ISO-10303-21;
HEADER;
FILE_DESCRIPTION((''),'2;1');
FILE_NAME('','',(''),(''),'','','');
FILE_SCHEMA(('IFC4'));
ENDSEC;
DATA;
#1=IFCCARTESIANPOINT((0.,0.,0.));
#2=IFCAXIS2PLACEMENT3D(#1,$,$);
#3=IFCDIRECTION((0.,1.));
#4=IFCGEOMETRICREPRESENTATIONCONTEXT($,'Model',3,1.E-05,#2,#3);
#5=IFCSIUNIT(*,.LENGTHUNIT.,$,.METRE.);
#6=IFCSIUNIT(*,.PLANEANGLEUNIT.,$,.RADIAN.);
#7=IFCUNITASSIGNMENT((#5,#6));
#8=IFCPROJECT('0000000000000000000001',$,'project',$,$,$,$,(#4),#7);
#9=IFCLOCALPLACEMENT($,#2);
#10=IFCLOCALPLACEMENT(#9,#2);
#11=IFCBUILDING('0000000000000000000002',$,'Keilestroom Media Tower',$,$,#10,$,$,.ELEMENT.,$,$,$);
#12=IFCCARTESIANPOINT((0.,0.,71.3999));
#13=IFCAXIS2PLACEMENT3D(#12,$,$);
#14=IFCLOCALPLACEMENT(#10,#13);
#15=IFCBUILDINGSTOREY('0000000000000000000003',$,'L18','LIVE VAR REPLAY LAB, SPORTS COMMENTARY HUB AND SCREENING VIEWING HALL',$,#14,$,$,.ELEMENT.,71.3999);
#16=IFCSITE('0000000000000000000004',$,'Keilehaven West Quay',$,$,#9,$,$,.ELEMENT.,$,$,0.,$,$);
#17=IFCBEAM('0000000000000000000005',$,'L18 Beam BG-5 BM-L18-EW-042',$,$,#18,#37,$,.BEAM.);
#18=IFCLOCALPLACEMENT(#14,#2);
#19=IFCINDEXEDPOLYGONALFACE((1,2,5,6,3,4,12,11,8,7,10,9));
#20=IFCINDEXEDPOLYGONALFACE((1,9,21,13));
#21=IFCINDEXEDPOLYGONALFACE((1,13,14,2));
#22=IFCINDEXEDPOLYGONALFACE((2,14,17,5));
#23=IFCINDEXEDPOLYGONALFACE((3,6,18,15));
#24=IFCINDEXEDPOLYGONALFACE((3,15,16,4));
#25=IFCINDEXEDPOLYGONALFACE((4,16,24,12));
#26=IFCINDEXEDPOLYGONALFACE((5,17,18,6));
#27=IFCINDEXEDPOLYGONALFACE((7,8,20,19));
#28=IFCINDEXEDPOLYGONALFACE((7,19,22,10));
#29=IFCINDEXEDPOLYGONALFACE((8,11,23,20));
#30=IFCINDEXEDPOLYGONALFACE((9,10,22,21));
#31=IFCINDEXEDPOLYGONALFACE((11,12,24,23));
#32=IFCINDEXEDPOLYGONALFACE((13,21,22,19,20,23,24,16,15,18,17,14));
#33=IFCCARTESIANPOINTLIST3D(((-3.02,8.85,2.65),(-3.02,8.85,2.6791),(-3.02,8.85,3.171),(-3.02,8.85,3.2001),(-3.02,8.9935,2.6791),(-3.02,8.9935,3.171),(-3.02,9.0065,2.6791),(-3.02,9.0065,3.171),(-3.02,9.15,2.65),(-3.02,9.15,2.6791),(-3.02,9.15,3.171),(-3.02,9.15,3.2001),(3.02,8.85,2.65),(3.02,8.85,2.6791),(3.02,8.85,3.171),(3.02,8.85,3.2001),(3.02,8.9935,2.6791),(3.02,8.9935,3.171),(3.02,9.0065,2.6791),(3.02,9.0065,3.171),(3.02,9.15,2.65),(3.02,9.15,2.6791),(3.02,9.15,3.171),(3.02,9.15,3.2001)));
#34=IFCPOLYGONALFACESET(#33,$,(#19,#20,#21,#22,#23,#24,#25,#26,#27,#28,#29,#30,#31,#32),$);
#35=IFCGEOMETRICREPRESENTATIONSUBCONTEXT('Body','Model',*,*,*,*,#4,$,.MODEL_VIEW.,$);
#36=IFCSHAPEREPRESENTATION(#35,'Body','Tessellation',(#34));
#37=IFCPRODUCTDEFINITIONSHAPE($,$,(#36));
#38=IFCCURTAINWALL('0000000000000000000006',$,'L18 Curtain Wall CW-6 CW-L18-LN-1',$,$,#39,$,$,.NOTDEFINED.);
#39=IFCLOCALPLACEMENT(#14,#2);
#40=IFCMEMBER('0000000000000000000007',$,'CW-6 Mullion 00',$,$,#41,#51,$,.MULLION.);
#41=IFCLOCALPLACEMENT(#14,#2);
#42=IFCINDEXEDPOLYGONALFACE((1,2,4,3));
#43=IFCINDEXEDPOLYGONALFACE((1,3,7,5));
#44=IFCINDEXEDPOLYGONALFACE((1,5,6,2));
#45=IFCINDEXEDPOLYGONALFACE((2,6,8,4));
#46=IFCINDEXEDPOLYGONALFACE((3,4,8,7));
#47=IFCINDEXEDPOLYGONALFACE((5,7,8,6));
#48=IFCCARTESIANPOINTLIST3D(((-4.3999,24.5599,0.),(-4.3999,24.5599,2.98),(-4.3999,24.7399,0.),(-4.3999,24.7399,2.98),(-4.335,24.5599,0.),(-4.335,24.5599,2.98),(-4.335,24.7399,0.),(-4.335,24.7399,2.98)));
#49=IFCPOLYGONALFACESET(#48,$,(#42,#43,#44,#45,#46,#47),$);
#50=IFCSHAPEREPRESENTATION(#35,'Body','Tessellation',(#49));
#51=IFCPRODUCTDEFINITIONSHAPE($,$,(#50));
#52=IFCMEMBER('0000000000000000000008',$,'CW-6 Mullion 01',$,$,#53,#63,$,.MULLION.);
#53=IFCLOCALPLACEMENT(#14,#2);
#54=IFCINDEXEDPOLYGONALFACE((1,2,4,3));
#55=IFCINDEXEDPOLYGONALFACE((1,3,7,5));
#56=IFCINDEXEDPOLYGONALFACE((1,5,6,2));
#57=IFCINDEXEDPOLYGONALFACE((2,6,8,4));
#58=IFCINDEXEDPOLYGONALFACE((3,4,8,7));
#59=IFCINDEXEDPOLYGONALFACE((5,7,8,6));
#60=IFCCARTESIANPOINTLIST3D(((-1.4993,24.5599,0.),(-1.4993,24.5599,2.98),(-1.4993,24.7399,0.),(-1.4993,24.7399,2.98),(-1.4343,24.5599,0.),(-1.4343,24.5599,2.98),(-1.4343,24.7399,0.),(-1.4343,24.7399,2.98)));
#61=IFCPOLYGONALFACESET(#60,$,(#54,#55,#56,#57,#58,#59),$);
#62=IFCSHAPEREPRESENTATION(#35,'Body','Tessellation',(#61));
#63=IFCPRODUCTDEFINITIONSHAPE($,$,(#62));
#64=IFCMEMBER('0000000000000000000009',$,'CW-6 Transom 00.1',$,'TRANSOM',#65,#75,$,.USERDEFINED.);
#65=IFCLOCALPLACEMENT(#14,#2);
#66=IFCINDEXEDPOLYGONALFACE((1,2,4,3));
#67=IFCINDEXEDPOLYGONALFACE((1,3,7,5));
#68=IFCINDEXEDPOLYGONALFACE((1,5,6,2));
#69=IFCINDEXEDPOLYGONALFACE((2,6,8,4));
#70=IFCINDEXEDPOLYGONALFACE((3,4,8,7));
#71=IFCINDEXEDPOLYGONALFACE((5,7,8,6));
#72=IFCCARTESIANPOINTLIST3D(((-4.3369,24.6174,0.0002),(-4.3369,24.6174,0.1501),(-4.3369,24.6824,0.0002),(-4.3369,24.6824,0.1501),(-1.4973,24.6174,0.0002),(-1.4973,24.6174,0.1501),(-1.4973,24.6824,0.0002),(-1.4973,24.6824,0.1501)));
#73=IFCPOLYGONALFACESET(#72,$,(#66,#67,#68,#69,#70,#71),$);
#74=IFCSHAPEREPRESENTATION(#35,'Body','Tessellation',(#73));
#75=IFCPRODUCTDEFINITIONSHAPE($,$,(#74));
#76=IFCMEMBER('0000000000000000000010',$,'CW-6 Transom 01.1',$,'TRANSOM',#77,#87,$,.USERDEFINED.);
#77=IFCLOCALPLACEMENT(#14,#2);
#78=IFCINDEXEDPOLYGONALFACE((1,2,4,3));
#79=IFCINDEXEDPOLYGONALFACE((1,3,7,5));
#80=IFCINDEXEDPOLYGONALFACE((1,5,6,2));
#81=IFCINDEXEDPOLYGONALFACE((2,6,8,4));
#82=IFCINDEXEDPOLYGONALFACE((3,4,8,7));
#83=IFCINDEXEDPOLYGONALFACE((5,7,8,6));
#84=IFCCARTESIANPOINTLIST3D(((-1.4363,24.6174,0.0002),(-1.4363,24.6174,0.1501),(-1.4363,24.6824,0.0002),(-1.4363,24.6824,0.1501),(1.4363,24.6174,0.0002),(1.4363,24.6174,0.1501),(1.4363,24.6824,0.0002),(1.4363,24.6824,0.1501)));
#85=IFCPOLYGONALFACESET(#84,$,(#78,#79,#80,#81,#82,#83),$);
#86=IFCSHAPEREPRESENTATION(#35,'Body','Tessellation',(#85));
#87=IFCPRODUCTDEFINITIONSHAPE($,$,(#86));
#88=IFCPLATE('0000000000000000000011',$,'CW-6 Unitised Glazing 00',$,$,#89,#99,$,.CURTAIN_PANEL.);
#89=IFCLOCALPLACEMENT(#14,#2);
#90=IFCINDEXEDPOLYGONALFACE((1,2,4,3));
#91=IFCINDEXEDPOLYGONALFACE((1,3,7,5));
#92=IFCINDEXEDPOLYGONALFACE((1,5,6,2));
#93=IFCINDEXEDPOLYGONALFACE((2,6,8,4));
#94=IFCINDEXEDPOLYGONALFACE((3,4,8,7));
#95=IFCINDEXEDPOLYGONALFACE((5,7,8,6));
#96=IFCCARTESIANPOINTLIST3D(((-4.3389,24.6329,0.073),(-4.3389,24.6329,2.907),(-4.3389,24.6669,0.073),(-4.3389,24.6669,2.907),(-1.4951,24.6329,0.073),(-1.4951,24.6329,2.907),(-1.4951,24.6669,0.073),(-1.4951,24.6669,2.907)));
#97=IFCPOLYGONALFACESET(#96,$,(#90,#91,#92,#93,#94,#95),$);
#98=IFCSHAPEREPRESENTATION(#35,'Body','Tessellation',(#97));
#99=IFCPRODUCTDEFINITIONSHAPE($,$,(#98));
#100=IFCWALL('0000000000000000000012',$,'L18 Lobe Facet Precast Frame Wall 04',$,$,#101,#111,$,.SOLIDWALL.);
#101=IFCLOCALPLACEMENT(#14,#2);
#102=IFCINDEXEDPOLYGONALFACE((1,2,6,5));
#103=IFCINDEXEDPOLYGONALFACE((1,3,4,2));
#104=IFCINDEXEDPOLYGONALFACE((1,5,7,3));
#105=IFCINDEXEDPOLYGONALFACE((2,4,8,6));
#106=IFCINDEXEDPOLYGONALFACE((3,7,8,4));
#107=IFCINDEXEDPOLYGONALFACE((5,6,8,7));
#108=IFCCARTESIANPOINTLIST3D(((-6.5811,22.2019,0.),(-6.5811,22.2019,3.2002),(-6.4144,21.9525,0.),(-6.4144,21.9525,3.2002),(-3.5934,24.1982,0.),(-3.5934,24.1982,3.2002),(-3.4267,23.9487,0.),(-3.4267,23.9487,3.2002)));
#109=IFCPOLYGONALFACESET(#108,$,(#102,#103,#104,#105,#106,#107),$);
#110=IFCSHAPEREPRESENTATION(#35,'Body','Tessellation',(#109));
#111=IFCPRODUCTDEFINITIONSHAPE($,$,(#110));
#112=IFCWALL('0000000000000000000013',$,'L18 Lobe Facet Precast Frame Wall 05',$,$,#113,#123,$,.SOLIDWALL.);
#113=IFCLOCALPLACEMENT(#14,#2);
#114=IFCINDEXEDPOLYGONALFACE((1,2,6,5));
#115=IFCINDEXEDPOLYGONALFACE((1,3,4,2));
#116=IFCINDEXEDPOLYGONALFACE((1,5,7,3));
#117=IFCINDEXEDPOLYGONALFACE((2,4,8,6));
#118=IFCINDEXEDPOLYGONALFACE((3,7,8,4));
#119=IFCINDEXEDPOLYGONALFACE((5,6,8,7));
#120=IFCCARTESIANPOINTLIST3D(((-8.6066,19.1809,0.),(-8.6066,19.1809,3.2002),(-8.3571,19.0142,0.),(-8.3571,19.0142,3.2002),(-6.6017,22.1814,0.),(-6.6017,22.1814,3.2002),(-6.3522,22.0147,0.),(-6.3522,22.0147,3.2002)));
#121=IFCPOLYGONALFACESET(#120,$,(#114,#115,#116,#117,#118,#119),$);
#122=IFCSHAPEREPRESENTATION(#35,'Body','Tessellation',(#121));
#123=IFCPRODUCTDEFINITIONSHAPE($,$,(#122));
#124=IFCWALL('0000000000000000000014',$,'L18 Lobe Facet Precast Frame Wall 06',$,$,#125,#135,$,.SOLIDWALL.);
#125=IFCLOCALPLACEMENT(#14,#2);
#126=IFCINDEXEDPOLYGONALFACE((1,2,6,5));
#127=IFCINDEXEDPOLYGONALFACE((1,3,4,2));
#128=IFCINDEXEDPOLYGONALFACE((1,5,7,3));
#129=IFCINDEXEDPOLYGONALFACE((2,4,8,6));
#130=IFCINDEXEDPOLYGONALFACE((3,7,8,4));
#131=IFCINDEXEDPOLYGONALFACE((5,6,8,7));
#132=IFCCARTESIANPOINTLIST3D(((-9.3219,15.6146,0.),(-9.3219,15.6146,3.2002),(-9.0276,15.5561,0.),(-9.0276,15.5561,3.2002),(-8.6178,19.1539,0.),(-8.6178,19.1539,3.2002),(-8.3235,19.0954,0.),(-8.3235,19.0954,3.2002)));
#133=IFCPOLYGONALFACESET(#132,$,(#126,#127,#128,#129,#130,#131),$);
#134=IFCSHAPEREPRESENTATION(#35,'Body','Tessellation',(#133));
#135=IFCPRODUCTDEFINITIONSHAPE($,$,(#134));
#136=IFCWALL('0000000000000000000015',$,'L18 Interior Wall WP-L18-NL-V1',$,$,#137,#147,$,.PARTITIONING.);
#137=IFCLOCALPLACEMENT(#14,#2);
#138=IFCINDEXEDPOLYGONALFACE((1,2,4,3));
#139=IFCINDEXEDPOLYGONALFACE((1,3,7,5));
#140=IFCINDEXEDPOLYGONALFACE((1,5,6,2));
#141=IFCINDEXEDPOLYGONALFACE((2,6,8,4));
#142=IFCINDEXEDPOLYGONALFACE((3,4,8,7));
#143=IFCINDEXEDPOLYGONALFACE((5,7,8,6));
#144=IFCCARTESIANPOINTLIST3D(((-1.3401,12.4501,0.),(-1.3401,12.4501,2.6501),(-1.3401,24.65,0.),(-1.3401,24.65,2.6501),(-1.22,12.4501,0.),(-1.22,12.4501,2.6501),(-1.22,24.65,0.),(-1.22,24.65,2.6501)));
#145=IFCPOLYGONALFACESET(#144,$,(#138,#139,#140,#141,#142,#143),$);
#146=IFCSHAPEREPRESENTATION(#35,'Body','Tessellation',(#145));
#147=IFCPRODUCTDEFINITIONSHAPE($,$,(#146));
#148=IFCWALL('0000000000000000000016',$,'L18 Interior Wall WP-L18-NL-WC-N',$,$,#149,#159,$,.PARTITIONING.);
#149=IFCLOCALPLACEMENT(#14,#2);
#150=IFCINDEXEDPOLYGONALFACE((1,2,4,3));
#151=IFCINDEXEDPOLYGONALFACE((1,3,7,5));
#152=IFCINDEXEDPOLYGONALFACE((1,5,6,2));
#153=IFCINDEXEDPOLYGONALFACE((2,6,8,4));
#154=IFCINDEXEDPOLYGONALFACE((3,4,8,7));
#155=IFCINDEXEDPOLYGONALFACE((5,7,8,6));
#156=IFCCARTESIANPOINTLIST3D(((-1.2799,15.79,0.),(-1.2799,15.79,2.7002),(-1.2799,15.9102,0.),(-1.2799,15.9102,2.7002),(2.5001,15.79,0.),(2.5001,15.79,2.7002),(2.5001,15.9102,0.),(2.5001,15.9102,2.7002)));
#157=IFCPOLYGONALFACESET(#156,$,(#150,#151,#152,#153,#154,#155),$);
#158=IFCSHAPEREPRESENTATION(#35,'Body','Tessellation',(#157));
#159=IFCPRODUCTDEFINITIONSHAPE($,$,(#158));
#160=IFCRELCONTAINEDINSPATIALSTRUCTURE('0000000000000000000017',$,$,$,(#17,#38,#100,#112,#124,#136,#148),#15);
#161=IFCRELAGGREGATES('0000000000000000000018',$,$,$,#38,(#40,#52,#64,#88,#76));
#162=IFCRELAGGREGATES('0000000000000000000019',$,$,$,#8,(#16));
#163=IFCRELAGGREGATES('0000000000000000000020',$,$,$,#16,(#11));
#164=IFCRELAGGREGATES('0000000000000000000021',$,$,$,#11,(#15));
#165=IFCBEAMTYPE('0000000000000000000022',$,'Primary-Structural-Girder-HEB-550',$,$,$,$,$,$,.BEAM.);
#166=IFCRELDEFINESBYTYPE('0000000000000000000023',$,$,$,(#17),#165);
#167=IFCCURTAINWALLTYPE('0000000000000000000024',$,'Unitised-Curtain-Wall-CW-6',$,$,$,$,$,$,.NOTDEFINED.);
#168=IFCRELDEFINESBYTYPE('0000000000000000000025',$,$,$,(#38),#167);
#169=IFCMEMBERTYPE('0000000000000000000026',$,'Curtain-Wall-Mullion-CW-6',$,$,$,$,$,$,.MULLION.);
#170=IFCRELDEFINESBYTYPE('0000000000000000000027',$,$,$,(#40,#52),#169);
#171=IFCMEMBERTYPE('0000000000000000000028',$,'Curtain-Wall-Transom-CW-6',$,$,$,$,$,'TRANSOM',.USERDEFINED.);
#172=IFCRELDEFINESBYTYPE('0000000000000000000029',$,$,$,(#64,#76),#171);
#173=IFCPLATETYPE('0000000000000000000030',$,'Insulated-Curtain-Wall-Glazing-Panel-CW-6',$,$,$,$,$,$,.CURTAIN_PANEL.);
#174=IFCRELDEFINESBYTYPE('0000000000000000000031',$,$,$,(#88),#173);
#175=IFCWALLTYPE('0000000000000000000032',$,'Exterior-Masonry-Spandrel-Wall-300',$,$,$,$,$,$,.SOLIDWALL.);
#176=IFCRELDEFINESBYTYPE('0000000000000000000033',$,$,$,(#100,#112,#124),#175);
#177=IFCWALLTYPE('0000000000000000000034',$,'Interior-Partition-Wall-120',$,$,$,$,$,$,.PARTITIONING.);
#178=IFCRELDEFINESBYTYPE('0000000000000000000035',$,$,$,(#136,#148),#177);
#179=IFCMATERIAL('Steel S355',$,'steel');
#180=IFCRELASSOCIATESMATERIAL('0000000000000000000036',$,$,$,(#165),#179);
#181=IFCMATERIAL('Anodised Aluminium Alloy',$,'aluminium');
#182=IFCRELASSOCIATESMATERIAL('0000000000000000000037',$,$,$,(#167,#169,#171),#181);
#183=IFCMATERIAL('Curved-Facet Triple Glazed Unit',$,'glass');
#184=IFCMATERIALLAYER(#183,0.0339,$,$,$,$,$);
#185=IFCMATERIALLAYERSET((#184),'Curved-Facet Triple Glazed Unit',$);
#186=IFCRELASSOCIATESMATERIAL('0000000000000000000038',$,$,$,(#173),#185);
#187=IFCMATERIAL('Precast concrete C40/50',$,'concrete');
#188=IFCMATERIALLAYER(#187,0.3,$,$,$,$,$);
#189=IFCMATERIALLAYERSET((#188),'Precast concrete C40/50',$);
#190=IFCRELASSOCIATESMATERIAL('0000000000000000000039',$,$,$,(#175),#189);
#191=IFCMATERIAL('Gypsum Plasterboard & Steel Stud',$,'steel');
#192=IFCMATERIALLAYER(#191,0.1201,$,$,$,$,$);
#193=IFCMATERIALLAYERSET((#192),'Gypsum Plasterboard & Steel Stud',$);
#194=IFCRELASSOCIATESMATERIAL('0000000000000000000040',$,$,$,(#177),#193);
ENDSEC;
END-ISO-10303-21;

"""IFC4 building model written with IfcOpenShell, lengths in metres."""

from ifc_helpers import new_model, si_unit, direction, frame, frame_2d, origin, origin_2d, place, context, subcontext, project, spatial, rectangle, i_section, extrude, source, transform, mapped, material, layer, layer_set, material_profile, profile_set, type_object, element, aggregate, save


model = new_model("IFC4")

# Units and contexts
model_context = context("Model", 3, precision=1e-05, world=origin(), true_north=direction((0.0, 1.0)))
body_context = subcontext(model_context, "Body", "Model", "MODEL_VIEW")
ifc_project = project(units=[si_unit("LENGTHUNIT", "METRE"), si_unit("PLANEANGLEUNIT", "RADIAN")], contexts=[model_context])

# Site, building, storey
site_placement = place(None, origin())
site = spatial("IfcSite", under=ifc_project, at=site_placement, Name="Keilehaven West Quay", CompositionType="ELEMENT", RefElevation=0.0)
building_placement = place(site_placement, origin())
building = spatial("IfcBuilding", under=site, at=building_placement, Name="Keilestroom Media Tower", CompositionType="ELEMENT")
storey_placement = place(building_placement, frame((0.0, 0.0, 71.3999)))
storey = spatial("IfcBuildingStorey", under=building, at=storey_placement, Name="L18", Description="LIVE VAR REPLAY LAB, SPORTS COMMENTARY HUB AND SCREENING VIEWING HALL", CompositionType="ELEMENT", Elevation=71.3999)

# Beam
ifc_material_1 = material(Name="Steel S355", Category="steel")
ifc_material_profile_1 = material_profile(ifc_material_1, i_section(OverallWidth=0.3, OverallDepth=0.55, WebThickness=0.0129, FlangeThickness=0.0291, at=origin_2d()), Name="HEB 550")
ifc_profile_set_1 = profile_set([ifc_material_profile_1], Name="Steel S355")
beam_type = type_object("IfcBeamType", Name="Primary-Structural-Girder-HEB-550", PredefinedType="BEAM", material=ifc_profile_set_1)
shared_shape_1 = source(origin(), body_context, "Body", "SweptSolid", [
    extrude(i_section(OverallWidth=0.3, OverallDepth=0.55, WebThickness=0.0129, FlangeThickness=0.0291, at=origin_2d()), origin(), (0.0, 0.0, 1.0), 6.04),
])
beam_1_placement = place(storey_placement, frame((-3.02, 9.0, 2.925), z_axis=(1.0, 0.0, 0.0), x_axis=(0.0, 1.0, 0.0)))
element("IfcBeam", 1, at=beam_1_placement, inside=storey, type_object=beam_type, Name="L18 Beam BG-5 BM-L18-EW-042", PredefinedType="BEAM", context=body_context, shape_type="MappedRepresentation", body=[
    mapped(shared_shape_1, transform((0.0, 0.0, 0.0), x_axis=(1.0, 0.0, 0.0), y_axis=(0.0, 1.0, 0.0), z_axis=(0.0, 0.0, 1.0), scale=1.0)),
])

# Curtain wall, members, plate
ifc_material_2 = material(Name="Anodised Aluminium Alloy", Category="aluminium")
curtain_wall_type = type_object("IfcCurtainWallType", Name="Unitised-Curtain-Wall-CW-6", PredefinedType="NOTDEFINED", material=ifc_material_2)
curtain_wall_placement = place(storey_placement, origin())
curtain_wall = element("IfcCurtainWall", 2, at=curtain_wall_placement, inside=storey, type_object=curtain_wall_type, Name="L18 Curtain Wall CW-6 CW-L18-LN-1", PredefinedType="NOTDEFINED")
ifc_material_profile_2 = material_profile(ifc_material_2, rectangle(XDim=0.0649, YDim=0.1799, at=origin_2d()), Name="ALU MULLION 65x180")
ifc_profile_set_2 = profile_set([ifc_material_profile_2], Name="Anodised Aluminium Alloy")
member_type_1 = type_object("IfcMemberType", Name="Curtain-Wall-Mullion-CW-6", PredefinedType="MULLION", material=ifc_profile_set_2)
shared_shape_2 = source(origin(), body_context, "Body", "SweptSolid", [
    extrude(rectangle(XDim=0.0649, YDim=0.1799, at=origin_2d()), origin(), (0.0, 0.0, 1.0), 2.98),
])
member_1_placement = place(storey_placement, frame((-4.3674, 24.6499, 0.0), z_axis=(0.0, 0.0, 1.0), x_axis=(1.0, 0.0, 0.0)))
member_1 = element("IfcMember", 3, at=member_1_placement, type_object=member_type_1, Name="CW-6 Mullion 00", PredefinedType="MULLION", context=body_context, shape_type="MappedRepresentation", body=[
    mapped(shared_shape_2, transform((0.0, 0.0, 0.0), x_axis=(1.0, 0.0, 0.0), y_axis=(0.0, 1.0, 0.0), z_axis=(0.0, 0.0, 1.0), scale=1.0)),
])
member_2_placement = place(storey_placement, frame((-1.4668, 24.6499, 0.0), z_axis=(0.0, 0.0, 1.0), x_axis=(1.0, 0.0, 0.0)))
member_2 = element("IfcMember", 4, at=member_2_placement, type_object=member_type_1, Name="CW-6 Mullion 01", PredefinedType="MULLION", context=body_context, shape_type="MappedRepresentation", body=[
    mapped(shared_shape_2, transform((0.0, 0.0, 0.0), x_axis=(1.0, 0.0, 0.0), y_axis=(0.0, 1.0, 0.0), z_axis=(0.0, 0.0, 1.0), scale=1.0)),
])
ifc_material_profile_3 = material_profile(ifc_material_2, rectangle(XDim=0.0649, YDim=0.1499, at=origin_2d()), Name="ALU TRANSOM 65x150")
ifc_profile_set_3 = profile_set([ifc_material_profile_3], Name="Anodised Aluminium Alloy")
member_type_2 = type_object("IfcMemberType", Name="Curtain-Wall-Transom-CW-6", ElementType="TRANSOM", PredefinedType="USERDEFINED", material=ifc_profile_set_3)
shared_shape_3 = source(origin(), body_context, "Body", "SweptSolid", [
    extrude(rectangle(XDim=0.0649, YDim=0.1499, at=origin_2d()), origin(), (0.0, 0.0, 1.0), 2.8396),
])
member_3_placement = place(storey_placement, frame((-4.3369, 24.6499, 0.0752), z_axis=(1.0, 0.0, 0.0), x_axis=(0.0, 1.0, 0.0)))
member_3 = element("IfcMember", 5, at=member_3_placement, type_object=member_type_2, Name="CW-6 Transom 00.1", ObjectType="TRANSOM", PredefinedType="USERDEFINED", context=body_context, shape_type="MappedRepresentation", body=[
    mapped(shared_shape_3, transform((0.0, 0.0, 0.0), x_axis=(1.0, 0.0, 0.0), y_axis=(0.0, 1.0, 0.0), z_axis=(0.0, 0.0, 1.0), scale=1.0)),
])
shared_shape_4 = source(origin(), body_context, "Body", "SweptSolid", [
    extrude(rectangle(XDim=0.0649, YDim=0.1499, at=origin_2d()), origin(), (0.0, 0.0, 1.0), 2.8726),
])
member_4_placement = place(storey_placement, frame((-1.4363, 24.6499, 0.0752), z_axis=(1.0, 0.0, 0.0), x_axis=(0.0, 1.0, 0.0)))
member_4 = element("IfcMember", 6, at=member_4_placement, type_object=member_type_2, Name="CW-6 Transom 01.1", ObjectType="TRANSOM", PredefinedType="USERDEFINED", context=body_context, shape_type="MappedRepresentation", body=[
    mapped(shared_shape_4, transform((0.0, 0.0, 0.0), x_axis=(1.0, 0.0, 0.0), y_axis=(0.0, 1.0, 0.0), z_axis=(0.0, 0.0, 1.0), scale=1.0)),
])
ifc_material_3 = material(Name="Curved-Facet Triple Glazed Unit", Category="glass")
ifc_layer_1 = layer(ifc_material_3, 0.0339)
ifc_layer_set_1 = layer_set([ifc_layer_1], Name="Curved-Facet Triple Glazed Unit")
plate_type = type_object("IfcPlateType", Name="Insulated-Curtain-Wall-Glazing-Panel-CW-6", PredefinedType="CURTAIN_PANEL", material=ifc_layer_set_1)
shared_shape_5 = source(origin(), body_context, "Body", "SweptSolid", [
    extrude(rectangle(XDim=2.8438, YDim=0.0339, at=origin_2d()), origin(), (0.0, 0.0, 1.0), 2.834),
])
plate_placement = place(storey_placement, frame((-2.917, 24.6499, 0.073), z_axis=(0.0, 0.0, 1.0), x_axis=(1.0, 0.0, 0.0)))
plate = element("IfcPlate", 7, at=plate_placement, type_object=plate_type, Name="CW-6 Unitised Glazing 00", PredefinedType="CURTAIN_PANEL", context=body_context, shape_type="MappedRepresentation", body=[
    mapped(shared_shape_5, transform((0.0, 0.0, 0.0), x_axis=(1.0, 0.0, 0.0), y_axis=(0.0, 1.0, 0.0), z_axis=(0.0, 0.0, 1.0), scale=1.0)),
])
aggregate(curtain_wall, [member_1, member_2, member_3, plate, member_4])

# Walls
ifc_material_4 = material(Name="Precast concrete C40/50", Category="concrete")
ifc_layer_2 = layer(ifc_material_4, 0.3)
ifc_layer_set_2 = layer_set([ifc_layer_2], Name="Precast concrete C40/50")
wall_type_1 = type_object("IfcWallType", Name="Exterior-Masonry-Spandrel-Wall-300", PredefinedType="SOLIDWALL", material=ifc_layer_set_2)
wall_1_placement = place(storey_placement, frame((-3.51, 24.0735, 0.0), z_axis=(0.0, 0.0, 1.0), x_axis=(-0.831475, -0.555562, 0.0)))
element("IfcWall", 8, at=wall_1_placement, inside=storey, type_object=wall_type_1, Name="L18 Lobe Facet Precast Frame Wall 04", PredefinedType="SOLIDWALL", context=body_context, shape_type="SweptSolid", body=[
    extrude(rectangle(XDim=3.5933, YDim=0.3, at=frame_2d((1.7966, 0.0))), origin(), (0.0, 0.0, 1.0), 3.2002),
])
for number, where, z_axis, x_axis, name in (
    (9, (-6.4771, 22.0979, 0.0), (0.0, 0.0, 1.0), (-0.555574, -0.831467, 0.0), "L18 Lobe Facet Precast Frame Wall 05"),
    (10, (-8.4707, 19.1245, 0.0), (0.0, 0.0, 1.0), (-0.195114, -0.980781, 0.0), "L18 Lobe Facet Precast Frame Wall 06"),
):
    element("IfcWall", number, at=place(storey_placement, frame(where, z_axis=z_axis, x_axis=x_axis)), inside=storey, type_object=wall_type_1, Name=name, PredefinedType="SOLIDWALL", context=body_context, shape_type="SweptSolid", body=[
        extrude(rectangle(XDim=3.6086, YDim=0.3, at=frame_2d((1.8042, 0.0))), origin(), (0.0, 0.0, 1.0), 3.2002),
    ])
ifc_material_5 = material(Name="Gypsum Plasterboard & Steel Stud", Category="steel")
ifc_layer_3 = layer(ifc_material_5, 0.1201)
ifc_layer_set_3 = layer_set([ifc_layer_3], Name="Gypsum Plasterboard & Steel Stud")
wall_type_2 = type_object("IfcWallType", Name="Interior-Partition-Wall-120", PredefinedType="PARTITIONING", material=ifc_layer_set_3)
wall_2_placement = place(storey_placement, frame((-1.28, 12.45, 0.0), z_axis=(0.0, 0.0, 1.0), x_axis=(0.0, 1.0, 0.0)))
element("IfcWall", 11, at=wall_2_placement, inside=storey, type_object=wall_type_2, Name="L18 Interior Wall WP-L18-NL-V1", PredefinedType="PARTITIONING", context=body_context, shape_type="SweptSolid", body=[
    extrude(rectangle(XDim=12.2, YDim=0.1201, at=frame_2d((6.1001, 0.0))), origin(), (0.0, 0.0, 1.0), 2.6501),
])
wall_3_placement = place(storey_placement, frame((-1.28, 15.8501, 0.0), z_axis=(0.0, 0.0, 1.0), x_axis=(1.0, 0.0, 0.0)))
element("IfcWall", 12, at=wall_3_placement, inside=storey, type_object=wall_type_2, Name="L18 Interior Wall WP-L18-NL-WC-N", PredefinedType="PARTITIONING", context=body_context, shape_type="SweptSolid", body=[
    extrude(rectangle(XDim=3.78, YDim=0.1201, at=frame_2d((1.8901, 0.0))), origin(), (0.0, 0.0, 1.0), 2.7002),
])

save(model, "model.ifc")
